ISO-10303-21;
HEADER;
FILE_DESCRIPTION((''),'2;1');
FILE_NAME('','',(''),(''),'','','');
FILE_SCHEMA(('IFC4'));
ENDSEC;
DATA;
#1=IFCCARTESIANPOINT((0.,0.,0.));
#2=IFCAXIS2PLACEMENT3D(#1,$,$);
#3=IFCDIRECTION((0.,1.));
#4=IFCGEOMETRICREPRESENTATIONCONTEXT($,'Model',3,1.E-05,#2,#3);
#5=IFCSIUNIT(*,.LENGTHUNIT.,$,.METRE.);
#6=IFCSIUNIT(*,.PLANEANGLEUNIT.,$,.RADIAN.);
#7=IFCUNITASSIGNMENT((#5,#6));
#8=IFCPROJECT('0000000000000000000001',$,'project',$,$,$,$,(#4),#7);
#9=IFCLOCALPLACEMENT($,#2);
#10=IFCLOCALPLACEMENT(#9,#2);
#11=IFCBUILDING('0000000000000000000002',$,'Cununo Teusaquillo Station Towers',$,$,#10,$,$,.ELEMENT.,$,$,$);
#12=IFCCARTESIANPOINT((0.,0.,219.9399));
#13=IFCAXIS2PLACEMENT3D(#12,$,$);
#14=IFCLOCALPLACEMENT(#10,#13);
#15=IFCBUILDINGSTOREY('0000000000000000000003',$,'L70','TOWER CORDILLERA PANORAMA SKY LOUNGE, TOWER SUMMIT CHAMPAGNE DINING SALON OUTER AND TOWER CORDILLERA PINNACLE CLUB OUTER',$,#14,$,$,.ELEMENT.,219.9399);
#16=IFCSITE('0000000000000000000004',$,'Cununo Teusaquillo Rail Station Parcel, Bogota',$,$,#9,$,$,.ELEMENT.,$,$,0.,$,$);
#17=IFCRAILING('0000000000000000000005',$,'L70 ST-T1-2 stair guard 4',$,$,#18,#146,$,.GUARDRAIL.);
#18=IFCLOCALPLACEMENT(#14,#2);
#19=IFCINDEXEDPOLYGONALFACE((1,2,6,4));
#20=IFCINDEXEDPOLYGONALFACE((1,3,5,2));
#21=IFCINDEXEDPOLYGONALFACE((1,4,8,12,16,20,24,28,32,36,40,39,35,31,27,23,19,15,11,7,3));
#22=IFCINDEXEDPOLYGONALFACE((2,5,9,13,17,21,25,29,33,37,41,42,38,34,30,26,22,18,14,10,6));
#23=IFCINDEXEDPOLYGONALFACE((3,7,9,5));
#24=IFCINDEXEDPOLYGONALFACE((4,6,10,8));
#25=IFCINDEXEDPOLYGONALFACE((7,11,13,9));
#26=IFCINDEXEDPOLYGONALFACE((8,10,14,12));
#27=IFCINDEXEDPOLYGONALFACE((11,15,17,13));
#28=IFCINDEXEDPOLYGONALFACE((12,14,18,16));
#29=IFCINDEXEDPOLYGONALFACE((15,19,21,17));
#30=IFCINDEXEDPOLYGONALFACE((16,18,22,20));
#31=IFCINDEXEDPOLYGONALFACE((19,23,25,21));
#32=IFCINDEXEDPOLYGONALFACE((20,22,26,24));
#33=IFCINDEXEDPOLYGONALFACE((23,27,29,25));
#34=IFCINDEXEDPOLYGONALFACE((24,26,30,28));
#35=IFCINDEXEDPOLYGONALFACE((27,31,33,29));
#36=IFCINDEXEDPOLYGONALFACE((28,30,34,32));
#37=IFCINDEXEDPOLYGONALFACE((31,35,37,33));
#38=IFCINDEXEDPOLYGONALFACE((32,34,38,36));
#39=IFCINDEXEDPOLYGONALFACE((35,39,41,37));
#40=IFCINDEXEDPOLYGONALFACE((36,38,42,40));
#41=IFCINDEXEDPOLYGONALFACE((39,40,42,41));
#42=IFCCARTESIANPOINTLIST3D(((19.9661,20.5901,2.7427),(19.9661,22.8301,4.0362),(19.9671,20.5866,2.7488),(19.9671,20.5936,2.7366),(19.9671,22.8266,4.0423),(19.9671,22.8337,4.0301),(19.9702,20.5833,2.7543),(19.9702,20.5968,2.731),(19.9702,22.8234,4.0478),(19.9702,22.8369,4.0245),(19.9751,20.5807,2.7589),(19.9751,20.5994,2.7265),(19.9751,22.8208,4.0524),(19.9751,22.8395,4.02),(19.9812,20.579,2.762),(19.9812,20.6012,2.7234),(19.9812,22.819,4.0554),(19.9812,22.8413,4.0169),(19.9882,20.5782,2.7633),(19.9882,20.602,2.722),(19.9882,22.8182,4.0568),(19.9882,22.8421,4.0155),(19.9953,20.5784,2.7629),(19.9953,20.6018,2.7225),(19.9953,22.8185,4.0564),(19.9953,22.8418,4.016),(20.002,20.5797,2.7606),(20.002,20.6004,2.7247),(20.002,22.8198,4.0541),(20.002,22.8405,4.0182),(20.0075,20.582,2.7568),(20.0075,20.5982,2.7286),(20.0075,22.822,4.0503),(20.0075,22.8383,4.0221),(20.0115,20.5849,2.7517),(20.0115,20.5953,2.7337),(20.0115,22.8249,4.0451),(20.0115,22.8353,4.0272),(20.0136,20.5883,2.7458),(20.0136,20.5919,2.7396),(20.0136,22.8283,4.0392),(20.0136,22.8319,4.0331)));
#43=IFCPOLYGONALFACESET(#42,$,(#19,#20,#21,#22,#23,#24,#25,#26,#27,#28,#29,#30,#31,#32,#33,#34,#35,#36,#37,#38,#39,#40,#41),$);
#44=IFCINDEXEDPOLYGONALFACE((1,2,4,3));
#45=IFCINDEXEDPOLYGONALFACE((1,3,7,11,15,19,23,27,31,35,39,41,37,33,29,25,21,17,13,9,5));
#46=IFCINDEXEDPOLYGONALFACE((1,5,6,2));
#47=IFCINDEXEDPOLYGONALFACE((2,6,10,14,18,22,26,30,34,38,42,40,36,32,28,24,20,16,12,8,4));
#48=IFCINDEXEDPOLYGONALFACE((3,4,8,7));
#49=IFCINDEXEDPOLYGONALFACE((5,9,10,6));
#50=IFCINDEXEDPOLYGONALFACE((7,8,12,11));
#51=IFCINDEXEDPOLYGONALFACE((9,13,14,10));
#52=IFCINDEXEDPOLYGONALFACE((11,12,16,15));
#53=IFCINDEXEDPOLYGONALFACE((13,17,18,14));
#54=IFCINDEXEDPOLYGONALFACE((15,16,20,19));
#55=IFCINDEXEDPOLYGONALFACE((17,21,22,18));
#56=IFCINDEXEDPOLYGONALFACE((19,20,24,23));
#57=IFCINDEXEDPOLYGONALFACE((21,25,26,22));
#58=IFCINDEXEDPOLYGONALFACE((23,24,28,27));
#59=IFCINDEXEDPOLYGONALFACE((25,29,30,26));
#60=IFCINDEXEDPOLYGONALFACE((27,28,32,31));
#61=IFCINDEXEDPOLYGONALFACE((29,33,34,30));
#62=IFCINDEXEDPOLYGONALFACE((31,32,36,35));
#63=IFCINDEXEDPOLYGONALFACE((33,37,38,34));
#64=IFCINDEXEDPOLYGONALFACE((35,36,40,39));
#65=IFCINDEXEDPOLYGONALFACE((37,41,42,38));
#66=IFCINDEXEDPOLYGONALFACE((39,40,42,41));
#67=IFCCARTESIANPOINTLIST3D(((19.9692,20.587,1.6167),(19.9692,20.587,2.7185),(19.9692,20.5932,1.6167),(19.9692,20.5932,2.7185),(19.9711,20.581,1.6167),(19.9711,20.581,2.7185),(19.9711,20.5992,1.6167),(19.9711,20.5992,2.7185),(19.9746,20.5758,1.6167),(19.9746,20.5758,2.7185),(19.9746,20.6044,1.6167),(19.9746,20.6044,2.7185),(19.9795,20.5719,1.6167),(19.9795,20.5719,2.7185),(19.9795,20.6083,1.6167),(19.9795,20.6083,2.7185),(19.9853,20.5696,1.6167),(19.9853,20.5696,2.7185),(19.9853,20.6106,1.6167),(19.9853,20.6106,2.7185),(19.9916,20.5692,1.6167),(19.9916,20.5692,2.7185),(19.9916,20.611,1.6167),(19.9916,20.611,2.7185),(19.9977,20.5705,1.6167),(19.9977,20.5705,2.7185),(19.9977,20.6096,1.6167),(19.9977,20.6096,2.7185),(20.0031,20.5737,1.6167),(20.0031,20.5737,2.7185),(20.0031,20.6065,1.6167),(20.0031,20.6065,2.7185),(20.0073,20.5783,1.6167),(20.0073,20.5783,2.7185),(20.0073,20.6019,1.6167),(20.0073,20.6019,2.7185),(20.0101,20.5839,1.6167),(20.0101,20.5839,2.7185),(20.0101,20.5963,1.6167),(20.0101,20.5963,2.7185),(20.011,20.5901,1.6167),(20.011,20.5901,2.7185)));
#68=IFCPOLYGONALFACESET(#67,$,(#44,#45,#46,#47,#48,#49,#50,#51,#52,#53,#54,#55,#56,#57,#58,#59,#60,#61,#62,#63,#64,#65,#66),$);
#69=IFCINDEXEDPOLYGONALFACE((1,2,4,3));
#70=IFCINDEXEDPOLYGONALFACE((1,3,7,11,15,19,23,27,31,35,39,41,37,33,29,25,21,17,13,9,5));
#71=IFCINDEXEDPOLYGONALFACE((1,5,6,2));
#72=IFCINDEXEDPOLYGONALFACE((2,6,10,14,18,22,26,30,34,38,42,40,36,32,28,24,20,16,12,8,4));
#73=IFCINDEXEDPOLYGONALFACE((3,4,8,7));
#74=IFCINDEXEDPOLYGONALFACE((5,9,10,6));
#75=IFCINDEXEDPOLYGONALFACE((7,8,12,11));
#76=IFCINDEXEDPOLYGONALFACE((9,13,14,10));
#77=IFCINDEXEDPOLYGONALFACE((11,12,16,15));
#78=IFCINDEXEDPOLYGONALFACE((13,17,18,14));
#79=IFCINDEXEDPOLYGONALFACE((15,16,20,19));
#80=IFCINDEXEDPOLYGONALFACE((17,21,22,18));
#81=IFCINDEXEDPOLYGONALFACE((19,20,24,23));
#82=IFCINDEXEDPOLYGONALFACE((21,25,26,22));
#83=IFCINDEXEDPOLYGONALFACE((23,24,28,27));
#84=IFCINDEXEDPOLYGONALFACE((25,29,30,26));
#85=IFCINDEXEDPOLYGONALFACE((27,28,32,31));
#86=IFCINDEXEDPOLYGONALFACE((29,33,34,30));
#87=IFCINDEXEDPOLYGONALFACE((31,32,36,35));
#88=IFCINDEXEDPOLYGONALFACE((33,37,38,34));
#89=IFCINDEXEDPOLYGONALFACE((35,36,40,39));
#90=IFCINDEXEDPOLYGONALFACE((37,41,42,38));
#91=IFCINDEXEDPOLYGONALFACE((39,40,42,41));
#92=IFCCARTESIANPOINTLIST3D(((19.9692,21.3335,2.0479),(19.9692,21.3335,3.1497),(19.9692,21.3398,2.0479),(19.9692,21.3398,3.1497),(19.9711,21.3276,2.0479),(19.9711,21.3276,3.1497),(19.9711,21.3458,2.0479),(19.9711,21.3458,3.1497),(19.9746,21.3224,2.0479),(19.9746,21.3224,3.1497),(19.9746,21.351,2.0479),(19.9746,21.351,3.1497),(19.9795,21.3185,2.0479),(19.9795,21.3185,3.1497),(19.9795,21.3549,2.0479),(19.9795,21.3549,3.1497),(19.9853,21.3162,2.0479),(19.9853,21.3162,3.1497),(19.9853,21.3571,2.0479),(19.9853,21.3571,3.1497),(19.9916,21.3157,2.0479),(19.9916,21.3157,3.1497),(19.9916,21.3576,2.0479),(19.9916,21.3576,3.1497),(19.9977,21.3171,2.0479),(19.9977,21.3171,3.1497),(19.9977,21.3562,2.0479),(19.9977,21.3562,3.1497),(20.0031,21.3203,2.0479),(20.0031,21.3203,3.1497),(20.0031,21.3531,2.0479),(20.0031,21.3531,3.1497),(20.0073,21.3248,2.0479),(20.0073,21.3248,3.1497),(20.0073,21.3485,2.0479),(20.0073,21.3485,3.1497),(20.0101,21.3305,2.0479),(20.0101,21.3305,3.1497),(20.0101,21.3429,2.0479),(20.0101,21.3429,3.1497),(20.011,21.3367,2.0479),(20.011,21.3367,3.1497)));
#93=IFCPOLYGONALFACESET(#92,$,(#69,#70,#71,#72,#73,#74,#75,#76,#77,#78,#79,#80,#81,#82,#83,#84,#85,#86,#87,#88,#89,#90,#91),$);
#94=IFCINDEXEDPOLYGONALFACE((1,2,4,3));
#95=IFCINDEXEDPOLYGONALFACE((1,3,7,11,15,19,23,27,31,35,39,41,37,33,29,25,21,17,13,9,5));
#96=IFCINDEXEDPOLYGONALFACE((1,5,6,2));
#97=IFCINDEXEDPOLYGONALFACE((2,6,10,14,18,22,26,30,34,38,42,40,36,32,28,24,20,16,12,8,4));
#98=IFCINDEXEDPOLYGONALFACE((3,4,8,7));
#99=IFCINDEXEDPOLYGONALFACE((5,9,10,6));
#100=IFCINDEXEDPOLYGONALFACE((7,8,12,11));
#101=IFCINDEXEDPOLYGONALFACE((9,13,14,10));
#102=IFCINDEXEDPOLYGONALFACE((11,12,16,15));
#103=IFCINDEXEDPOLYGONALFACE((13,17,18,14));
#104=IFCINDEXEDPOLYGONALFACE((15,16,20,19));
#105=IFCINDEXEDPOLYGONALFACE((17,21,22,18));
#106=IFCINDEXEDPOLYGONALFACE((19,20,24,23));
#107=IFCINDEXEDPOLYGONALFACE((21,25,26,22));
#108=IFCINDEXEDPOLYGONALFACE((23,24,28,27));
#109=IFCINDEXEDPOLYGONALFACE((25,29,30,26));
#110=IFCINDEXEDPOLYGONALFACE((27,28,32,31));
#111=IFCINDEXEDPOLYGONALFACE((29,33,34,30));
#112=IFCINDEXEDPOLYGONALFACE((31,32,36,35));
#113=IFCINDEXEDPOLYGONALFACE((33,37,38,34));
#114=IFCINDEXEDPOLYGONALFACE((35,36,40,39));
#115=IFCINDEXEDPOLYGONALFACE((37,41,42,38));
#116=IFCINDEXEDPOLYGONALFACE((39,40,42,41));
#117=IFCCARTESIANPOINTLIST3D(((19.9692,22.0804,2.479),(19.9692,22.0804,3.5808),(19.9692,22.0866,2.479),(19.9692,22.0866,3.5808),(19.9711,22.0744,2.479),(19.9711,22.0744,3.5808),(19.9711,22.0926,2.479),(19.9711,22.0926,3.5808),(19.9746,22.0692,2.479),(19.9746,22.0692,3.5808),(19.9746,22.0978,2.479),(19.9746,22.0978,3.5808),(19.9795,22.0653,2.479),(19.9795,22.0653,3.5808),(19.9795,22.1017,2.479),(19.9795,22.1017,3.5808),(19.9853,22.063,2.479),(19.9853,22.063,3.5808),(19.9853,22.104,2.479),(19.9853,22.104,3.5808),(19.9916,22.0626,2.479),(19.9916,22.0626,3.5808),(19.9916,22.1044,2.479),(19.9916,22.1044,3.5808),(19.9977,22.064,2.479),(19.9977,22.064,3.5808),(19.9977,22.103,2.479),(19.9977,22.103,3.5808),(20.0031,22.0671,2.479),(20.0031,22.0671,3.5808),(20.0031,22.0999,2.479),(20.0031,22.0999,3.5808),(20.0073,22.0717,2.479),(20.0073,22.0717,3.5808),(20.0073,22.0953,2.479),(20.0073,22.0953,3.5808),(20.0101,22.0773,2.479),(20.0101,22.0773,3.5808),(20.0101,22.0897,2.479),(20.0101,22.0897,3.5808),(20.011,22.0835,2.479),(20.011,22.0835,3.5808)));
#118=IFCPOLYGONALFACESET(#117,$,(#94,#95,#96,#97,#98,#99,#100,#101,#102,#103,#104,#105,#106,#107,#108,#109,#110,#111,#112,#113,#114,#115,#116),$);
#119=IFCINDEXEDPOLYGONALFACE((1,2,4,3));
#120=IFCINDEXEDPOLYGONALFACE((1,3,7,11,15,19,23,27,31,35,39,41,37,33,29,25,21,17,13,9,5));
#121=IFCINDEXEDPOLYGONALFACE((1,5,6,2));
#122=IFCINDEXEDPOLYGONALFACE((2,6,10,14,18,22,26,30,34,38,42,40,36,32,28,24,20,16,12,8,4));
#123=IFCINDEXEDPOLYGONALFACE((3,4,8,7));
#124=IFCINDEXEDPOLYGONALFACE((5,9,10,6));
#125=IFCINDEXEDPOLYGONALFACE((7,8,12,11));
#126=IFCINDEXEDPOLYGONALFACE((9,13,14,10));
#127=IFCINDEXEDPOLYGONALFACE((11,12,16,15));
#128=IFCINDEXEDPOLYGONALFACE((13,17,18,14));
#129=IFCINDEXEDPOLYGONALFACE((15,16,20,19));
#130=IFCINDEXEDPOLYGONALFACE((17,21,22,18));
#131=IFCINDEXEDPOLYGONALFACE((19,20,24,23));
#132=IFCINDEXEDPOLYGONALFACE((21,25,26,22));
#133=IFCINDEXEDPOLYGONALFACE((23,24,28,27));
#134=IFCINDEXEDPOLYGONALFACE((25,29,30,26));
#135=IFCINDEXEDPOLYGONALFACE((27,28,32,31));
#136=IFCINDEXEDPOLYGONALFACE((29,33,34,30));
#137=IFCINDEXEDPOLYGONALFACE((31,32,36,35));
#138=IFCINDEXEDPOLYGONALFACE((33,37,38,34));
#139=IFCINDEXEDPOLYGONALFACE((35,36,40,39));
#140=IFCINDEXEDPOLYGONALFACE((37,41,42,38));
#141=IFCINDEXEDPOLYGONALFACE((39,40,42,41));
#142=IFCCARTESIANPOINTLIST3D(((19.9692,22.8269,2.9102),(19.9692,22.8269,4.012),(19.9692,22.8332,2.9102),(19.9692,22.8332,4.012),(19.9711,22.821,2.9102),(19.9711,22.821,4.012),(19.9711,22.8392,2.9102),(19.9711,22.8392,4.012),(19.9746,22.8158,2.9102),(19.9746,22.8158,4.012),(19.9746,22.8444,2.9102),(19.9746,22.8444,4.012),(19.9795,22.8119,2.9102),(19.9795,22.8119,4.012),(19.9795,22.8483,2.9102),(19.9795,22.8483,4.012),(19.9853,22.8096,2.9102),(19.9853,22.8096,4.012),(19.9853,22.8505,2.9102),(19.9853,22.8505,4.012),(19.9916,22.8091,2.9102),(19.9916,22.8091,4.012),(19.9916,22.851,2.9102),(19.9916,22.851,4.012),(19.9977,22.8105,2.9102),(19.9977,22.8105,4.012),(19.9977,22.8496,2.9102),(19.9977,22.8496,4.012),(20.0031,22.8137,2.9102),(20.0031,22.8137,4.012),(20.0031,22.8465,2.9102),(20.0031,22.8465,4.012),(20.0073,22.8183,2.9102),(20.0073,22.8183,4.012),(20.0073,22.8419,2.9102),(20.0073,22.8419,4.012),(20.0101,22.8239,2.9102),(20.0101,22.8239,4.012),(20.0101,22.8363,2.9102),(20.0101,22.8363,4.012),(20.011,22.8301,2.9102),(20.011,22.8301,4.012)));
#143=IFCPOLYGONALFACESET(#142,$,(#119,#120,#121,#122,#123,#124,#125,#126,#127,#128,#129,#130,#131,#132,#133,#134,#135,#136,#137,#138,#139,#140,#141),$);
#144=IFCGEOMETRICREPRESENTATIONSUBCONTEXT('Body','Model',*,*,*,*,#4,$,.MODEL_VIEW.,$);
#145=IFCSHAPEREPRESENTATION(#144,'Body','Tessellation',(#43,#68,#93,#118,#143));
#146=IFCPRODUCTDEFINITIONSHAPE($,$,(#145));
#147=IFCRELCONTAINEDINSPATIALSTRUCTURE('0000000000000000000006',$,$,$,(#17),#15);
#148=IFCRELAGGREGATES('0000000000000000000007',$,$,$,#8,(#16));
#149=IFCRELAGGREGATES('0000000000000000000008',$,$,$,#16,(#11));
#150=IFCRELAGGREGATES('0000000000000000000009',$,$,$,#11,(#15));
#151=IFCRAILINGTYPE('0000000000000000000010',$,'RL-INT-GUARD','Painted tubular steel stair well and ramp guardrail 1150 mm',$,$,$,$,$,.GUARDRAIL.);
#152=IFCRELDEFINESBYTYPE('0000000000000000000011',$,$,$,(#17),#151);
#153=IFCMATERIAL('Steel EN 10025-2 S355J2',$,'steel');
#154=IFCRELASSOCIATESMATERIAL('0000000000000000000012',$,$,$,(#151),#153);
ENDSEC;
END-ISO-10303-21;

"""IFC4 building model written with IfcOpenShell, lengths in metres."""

from ifc_helpers import new_model, si_unit, direction, frame, origin, origin_2d, place, context, subcontext, project, spatial, circle, extrude, material, type_object, element, save


model = new_model("IFC4")

# Units and contexts
model_context = context("Model", 3, precision=1e-05, world=origin(), true_north=direction((0.0, 1.0)))
body_context = subcontext(model_context, "Body", "Model", "MODEL_VIEW")
ifc_project = project(units=[si_unit("LENGTHUNIT", "METRE"), si_unit("PLANEANGLEUNIT", "RADIAN")], contexts=[model_context])

# Site, building, storey
site_placement = place(None, origin())
site = spatial("IfcSite", under=ifc_project, at=site_placement, Name="Cununo Teusaquillo Rail Station Parcel, Bogota", CompositionType="ELEMENT", RefElevation=0.0)
building_placement = place(site_placement, origin())
building = spatial("IfcBuilding", under=site, at=building_placement, Name="Cununo Teusaquillo Station Towers", CompositionType="ELEMENT")
storey_placement = place(building_placement, frame((0.0, 0.0, 219.9399)))
storey = spatial("IfcBuildingStorey", under=building, at=storey_placement, Name="L70", Description="TOWER CORDILLERA PANORAMA SKY LOUNGE, TOWER SUMMIT CHAMPAGNE DINING SALON OUTER AND TOWER CORDILLERA PINNACLE CLUB OUTER", CompositionType="ELEMENT", Elevation=219.9399)

# Railing
ifc_material_1 = material(Name="Steel EN 10025-2 S355J2", Category="steel")
railing_type_1 = type_object("IfcRailingType", Name="RL-INT-GUARD", Description="Painted tubular steel stair well and ramp guardrail 1150 mm", PredefinedType="GUARDRAIL", material=ifc_material_1)
railing_1_placement = place(storey_placement, frame((19.99, 20.5901, 1.6167)))
element("IfcRailing", 1, at=railing_1_placement, inside=storey, type_object=railing_type_1, Name="L70 ST-T1-2 stair guard 4", PredefinedType="GUARDRAIL", context=body_context, shape_type="SweptSolid", body=[
    extrude(circle(Radius=0.0239, at=origin_2d()), frame((0.0, 0.0, 1.126), z_axis=(0.0, 0.865992, 0.500057), x_axis=(-1.0, 0.0, 0.0)), (0.0, 0.0, 1.0), 2.5867),
    extrude(circle(Radius=0.021, at=origin_2d()), origin(), (0.0, 0.0, 1.0), 1.1018),
    extrude(circle(Radius=0.021, at=origin_2d()), frame((0.0, 0.7466, 0.4312)), (0.0, 0.0, 1.0), 1.1018),
    extrude(circle(Radius=0.021, at=origin_2d()), frame((0.0, 1.4934, 0.8623)), (0.0, 0.0, 1.0), 1.1018),
    extrude(circle(Radius=0.021, at=origin_2d()), frame((0.0, 2.24, 1.2935)), (0.0, 0.0, 1.0), 1.1018),
])

save(model, "model.ifc")
